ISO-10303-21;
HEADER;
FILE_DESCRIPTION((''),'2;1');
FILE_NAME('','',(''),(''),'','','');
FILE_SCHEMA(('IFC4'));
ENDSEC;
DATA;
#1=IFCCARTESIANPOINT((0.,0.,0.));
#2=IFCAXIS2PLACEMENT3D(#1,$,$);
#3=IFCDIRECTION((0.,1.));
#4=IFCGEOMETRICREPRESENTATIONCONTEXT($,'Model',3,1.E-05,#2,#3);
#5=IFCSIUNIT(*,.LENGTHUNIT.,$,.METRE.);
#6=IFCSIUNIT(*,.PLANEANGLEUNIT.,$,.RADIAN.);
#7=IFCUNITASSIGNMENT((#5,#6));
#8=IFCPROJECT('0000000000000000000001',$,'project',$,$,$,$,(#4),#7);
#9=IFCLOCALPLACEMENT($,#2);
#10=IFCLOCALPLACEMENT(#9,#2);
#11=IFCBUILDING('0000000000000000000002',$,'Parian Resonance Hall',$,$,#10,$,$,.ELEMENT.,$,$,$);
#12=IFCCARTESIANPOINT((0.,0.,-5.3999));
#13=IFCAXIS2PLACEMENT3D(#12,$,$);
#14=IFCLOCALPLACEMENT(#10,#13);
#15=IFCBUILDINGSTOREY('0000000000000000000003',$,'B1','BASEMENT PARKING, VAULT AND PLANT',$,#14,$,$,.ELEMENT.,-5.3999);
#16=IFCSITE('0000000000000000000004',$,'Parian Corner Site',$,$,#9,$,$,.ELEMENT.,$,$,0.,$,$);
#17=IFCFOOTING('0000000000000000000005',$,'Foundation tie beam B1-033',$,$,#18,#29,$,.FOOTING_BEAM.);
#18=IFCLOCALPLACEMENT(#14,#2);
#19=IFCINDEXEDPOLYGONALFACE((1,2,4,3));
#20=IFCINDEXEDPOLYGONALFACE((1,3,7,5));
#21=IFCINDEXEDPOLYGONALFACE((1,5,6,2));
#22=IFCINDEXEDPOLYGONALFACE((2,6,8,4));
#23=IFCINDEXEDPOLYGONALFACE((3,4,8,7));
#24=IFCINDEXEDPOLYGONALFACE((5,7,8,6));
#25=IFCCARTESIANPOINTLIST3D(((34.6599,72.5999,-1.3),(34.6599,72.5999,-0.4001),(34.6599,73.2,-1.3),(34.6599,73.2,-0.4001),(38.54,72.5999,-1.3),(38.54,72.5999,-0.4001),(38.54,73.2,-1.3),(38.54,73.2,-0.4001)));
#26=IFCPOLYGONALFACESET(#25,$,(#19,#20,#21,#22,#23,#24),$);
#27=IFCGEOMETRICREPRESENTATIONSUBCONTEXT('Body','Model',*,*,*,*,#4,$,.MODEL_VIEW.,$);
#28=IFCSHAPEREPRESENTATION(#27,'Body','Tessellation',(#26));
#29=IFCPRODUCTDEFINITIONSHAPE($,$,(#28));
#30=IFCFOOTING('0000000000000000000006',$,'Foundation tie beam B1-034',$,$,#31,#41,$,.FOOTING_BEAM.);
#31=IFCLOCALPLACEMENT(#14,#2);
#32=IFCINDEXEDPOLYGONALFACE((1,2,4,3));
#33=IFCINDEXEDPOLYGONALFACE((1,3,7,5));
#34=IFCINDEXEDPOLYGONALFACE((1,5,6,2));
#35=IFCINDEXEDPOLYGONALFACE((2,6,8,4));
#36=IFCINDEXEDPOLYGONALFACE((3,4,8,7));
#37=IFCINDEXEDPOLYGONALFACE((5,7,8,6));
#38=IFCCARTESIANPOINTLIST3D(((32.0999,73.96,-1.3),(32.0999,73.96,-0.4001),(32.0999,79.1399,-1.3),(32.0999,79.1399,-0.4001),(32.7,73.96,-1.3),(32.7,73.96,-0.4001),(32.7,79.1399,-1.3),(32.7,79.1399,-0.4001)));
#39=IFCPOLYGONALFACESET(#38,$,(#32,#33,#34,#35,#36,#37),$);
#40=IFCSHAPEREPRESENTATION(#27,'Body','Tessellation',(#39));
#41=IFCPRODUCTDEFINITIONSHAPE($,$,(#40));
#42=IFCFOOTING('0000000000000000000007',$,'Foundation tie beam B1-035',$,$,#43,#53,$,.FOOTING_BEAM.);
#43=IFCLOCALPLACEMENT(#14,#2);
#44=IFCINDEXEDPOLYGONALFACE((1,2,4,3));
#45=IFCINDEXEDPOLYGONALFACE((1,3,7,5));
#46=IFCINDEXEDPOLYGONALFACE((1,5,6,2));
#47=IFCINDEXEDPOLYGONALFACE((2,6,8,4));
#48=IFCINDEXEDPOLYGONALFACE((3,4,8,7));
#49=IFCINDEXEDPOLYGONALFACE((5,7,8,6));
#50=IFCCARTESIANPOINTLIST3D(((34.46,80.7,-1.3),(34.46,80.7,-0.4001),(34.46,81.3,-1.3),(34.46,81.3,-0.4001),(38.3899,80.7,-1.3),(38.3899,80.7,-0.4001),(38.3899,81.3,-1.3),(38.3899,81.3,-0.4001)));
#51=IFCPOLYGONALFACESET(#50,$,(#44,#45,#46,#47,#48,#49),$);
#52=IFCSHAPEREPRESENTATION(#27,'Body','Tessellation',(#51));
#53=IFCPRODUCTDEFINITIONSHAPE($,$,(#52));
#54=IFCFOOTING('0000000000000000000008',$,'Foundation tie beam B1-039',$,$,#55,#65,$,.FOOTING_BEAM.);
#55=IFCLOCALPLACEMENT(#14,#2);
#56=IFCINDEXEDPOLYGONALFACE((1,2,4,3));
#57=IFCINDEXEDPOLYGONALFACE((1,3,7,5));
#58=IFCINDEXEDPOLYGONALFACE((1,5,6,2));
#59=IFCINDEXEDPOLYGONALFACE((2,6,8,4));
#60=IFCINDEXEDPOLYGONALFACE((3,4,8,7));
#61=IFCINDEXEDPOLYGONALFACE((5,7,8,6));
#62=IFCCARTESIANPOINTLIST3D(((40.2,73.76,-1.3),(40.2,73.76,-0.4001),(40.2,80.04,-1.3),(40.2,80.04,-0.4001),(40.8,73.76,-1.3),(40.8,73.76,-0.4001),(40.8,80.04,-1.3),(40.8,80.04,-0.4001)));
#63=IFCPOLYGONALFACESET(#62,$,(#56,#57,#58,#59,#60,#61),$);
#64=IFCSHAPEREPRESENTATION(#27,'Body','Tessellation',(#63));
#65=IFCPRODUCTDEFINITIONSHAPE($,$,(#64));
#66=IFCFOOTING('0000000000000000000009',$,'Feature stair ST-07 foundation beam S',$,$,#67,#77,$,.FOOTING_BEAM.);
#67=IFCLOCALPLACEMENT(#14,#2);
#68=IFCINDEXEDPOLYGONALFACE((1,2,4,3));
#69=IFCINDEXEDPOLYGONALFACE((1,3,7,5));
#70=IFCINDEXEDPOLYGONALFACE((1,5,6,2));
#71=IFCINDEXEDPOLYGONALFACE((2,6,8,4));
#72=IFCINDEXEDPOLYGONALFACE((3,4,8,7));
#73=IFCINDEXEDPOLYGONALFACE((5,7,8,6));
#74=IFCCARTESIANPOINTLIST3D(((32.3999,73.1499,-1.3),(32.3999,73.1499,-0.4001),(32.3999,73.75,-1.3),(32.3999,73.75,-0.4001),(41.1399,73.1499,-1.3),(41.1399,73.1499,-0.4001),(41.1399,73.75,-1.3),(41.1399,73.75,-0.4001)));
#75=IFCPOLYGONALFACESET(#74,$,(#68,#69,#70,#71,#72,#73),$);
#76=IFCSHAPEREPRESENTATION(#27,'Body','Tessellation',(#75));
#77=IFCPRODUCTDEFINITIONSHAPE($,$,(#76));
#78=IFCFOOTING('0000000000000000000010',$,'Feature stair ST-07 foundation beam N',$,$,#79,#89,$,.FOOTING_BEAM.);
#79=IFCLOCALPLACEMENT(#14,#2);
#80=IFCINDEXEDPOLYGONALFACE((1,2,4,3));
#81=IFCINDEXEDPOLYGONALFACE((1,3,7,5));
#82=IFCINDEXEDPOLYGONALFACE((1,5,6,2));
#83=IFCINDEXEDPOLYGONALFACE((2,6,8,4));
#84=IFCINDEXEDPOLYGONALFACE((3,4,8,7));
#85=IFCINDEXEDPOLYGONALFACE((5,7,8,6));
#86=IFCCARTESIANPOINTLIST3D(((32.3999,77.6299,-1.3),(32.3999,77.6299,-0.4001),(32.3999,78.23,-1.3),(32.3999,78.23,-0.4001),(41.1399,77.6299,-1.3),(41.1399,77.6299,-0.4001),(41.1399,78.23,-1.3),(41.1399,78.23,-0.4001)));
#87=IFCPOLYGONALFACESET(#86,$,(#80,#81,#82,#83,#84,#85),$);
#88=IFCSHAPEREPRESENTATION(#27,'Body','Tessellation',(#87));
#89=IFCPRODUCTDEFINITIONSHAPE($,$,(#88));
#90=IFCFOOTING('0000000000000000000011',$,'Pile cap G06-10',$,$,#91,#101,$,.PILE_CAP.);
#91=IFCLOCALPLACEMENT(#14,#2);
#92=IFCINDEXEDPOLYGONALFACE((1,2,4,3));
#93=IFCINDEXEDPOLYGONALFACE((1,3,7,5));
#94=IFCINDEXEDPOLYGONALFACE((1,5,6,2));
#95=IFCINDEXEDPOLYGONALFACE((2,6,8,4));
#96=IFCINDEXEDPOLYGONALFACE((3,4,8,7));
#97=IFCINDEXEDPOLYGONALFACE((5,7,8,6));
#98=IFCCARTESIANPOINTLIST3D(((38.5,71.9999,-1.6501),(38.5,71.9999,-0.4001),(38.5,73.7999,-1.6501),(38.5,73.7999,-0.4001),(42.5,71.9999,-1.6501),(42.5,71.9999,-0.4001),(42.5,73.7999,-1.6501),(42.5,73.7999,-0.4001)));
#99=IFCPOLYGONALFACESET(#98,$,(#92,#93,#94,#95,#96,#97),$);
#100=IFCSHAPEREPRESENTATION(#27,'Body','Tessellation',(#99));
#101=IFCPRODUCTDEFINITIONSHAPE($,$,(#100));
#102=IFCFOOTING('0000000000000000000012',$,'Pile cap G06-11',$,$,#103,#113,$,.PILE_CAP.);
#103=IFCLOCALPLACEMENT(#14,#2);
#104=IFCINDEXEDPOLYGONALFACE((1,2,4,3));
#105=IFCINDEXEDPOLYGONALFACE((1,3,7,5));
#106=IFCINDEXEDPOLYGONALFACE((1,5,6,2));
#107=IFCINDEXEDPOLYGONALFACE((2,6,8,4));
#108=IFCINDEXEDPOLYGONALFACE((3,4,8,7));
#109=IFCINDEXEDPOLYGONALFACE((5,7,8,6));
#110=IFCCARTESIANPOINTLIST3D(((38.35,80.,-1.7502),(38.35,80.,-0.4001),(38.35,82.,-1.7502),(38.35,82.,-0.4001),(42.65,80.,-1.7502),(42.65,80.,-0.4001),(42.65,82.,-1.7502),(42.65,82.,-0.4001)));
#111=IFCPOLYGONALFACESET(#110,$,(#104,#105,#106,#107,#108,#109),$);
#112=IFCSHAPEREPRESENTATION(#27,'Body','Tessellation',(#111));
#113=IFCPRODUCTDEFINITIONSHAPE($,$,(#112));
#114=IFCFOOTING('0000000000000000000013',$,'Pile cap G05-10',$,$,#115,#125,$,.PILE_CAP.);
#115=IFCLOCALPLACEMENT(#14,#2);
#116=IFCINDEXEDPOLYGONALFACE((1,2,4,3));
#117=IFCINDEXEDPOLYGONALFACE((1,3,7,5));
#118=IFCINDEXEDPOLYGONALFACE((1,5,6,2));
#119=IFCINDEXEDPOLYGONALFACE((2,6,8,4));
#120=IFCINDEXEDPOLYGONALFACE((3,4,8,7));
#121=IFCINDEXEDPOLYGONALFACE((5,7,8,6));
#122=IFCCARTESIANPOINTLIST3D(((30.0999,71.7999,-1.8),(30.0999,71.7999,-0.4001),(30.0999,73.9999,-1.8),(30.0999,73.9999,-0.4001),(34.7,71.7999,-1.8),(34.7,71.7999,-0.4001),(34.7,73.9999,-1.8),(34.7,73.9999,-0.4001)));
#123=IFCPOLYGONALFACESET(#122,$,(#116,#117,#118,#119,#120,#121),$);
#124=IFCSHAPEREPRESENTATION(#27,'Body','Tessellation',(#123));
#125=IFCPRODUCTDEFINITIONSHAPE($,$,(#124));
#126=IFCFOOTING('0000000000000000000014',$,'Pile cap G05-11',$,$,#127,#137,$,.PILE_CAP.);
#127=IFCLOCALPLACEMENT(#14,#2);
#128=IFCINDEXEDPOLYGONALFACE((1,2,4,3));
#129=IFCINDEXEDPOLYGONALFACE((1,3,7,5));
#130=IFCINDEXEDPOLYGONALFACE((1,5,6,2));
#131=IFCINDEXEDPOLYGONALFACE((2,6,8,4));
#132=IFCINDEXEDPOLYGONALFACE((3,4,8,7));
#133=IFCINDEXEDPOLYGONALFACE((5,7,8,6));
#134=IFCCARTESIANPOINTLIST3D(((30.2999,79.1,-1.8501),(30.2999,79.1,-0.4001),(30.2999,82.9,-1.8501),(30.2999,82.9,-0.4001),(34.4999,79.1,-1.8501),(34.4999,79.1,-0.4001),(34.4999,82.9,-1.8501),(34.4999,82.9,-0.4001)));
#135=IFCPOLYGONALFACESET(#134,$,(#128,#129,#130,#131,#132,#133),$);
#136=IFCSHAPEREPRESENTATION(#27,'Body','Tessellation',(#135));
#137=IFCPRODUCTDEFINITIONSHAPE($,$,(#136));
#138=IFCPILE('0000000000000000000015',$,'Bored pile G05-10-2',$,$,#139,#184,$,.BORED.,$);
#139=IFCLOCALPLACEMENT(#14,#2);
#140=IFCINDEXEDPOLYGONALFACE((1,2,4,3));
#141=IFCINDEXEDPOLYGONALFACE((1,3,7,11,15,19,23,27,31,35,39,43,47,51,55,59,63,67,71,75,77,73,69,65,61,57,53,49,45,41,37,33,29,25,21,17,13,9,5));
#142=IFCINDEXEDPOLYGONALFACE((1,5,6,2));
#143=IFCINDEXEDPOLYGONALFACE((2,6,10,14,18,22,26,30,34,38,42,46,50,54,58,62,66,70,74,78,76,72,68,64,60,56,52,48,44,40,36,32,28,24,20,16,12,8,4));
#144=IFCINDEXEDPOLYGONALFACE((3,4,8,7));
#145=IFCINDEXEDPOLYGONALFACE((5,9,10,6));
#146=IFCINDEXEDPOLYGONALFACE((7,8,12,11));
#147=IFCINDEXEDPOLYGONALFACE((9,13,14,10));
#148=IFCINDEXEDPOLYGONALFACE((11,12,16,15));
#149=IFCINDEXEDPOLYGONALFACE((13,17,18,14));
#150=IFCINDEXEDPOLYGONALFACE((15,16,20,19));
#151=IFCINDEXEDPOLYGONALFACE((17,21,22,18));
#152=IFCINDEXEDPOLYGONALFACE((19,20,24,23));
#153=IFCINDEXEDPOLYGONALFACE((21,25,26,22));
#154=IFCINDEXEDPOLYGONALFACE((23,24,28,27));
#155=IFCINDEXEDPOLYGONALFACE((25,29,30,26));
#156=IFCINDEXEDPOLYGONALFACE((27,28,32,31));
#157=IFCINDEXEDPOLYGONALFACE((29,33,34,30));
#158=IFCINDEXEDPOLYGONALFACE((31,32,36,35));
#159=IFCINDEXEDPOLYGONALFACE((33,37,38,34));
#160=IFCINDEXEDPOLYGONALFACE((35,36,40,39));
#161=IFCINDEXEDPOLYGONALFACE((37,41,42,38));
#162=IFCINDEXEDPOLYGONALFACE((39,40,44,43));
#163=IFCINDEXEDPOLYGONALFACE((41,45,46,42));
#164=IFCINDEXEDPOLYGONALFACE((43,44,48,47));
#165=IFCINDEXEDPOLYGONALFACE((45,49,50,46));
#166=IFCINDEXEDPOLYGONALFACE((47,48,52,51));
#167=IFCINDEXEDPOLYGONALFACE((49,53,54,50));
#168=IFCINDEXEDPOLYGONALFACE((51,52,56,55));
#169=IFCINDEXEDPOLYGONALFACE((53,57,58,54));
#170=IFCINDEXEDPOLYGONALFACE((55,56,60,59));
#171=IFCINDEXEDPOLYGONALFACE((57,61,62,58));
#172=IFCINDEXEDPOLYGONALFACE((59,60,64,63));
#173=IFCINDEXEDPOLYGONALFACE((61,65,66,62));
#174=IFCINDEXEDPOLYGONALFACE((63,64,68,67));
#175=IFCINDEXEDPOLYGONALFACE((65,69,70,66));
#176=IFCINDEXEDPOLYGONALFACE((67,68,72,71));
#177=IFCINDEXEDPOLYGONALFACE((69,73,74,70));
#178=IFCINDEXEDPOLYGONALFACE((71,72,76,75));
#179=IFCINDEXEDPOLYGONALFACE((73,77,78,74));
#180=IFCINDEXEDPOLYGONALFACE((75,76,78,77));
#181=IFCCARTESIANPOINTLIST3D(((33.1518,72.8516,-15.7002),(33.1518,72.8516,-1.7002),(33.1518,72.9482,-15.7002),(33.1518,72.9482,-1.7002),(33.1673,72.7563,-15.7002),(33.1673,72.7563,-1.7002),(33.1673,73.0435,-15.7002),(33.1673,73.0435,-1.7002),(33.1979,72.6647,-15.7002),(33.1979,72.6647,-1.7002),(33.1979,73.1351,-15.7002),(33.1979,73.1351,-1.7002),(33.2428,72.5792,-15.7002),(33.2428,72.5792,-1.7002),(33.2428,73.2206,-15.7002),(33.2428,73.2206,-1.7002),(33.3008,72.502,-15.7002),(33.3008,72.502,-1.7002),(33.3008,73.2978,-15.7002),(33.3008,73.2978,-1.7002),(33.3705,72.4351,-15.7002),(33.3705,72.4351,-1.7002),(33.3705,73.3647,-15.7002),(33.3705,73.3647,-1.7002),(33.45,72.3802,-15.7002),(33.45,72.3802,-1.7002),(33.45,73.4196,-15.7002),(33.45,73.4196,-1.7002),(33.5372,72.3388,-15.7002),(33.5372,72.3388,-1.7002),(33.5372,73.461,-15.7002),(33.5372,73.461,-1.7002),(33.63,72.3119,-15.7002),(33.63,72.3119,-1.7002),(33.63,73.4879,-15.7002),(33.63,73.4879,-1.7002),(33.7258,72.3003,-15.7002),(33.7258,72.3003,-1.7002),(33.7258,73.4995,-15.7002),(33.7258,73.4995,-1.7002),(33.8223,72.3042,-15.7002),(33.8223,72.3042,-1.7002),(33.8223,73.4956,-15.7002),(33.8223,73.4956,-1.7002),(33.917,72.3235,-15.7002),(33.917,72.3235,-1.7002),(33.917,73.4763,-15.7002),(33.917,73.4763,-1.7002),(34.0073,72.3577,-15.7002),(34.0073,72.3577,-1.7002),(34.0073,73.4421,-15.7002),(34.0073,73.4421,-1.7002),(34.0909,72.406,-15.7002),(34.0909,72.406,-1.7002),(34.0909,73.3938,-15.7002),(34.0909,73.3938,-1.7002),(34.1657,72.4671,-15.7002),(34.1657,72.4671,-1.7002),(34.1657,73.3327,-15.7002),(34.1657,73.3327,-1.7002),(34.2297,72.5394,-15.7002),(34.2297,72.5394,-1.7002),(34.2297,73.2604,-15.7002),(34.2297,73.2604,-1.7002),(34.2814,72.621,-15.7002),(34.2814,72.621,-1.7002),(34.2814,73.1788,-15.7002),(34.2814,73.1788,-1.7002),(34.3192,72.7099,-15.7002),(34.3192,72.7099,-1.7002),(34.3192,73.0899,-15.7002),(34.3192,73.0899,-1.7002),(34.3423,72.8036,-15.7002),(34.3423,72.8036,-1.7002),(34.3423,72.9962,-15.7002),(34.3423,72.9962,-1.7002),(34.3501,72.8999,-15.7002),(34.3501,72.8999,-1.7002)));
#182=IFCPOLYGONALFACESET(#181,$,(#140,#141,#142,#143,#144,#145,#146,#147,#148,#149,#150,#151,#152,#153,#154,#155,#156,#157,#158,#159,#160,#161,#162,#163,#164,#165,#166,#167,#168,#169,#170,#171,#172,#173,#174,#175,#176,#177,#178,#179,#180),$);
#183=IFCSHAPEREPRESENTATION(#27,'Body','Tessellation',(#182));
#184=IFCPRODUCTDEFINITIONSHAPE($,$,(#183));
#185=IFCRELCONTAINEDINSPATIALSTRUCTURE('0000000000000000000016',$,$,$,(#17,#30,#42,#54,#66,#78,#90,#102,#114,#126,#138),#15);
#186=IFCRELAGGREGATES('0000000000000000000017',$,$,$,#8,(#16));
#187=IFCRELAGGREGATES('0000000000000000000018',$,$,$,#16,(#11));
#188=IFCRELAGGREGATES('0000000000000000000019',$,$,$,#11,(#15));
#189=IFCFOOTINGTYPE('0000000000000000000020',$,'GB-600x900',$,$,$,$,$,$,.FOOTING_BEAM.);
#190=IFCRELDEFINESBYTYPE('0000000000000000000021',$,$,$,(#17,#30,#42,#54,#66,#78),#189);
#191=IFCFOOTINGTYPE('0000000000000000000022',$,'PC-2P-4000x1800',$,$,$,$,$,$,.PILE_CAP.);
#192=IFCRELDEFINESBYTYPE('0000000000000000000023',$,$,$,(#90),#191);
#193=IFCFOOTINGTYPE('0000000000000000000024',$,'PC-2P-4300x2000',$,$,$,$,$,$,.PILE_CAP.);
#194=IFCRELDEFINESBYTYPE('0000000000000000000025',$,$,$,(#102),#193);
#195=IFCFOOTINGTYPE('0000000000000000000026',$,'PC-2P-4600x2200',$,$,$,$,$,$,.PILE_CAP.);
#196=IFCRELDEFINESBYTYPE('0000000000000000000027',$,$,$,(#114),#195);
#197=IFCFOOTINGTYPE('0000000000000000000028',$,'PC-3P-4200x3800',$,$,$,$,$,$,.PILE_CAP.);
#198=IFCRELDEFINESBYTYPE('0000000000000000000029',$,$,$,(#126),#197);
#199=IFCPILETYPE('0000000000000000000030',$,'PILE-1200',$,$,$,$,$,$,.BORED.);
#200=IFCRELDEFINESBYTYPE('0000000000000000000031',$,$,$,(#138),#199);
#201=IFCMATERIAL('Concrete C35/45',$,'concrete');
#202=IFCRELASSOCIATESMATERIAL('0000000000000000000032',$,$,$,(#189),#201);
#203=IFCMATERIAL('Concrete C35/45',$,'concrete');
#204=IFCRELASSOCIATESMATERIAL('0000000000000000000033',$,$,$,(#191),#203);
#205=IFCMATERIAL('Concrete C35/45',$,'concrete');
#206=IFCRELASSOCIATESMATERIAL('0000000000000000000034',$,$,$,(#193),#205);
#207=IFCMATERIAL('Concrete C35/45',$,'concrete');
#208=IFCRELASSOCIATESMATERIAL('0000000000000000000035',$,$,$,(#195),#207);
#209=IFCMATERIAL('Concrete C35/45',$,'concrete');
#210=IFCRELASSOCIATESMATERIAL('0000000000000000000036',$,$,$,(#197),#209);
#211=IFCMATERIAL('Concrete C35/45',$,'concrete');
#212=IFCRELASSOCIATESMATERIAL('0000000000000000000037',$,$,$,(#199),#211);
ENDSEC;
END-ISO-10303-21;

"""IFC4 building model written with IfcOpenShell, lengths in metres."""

from ifc_helpers import new_model, si_unit, direction, frame, origin, origin_2d, place, context, subcontext, project, spatial, rectangle, circle, extrude, material, material_profile, profile_set, type_object, element, save


model = new_model("IFC4")

# Units and contexts
model_context = context("Model", 3, precision=1e-05, world=origin(), true_north=direction((0.0, 1.0)))
body_context = subcontext(model_context, "Body", "Model", "MODEL_VIEW")
ifc_project = project(units=[si_unit("LENGTHUNIT", "METRE"), si_unit("PLANEANGLEUNIT", "RADIAN")], contexts=[model_context])

# Site, building, storey
site_placement = place(None, origin())
site = spatial("IfcSite", under=ifc_project, at=site_placement, Name="Parian Corner Site", CompositionType="ELEMENT", RefElevation=0.0)
building_placement = place(site_placement, origin())
building = spatial("IfcBuilding", under=site, at=building_placement, Name="Parian Resonance Hall", CompositionType="ELEMENT")
storey_placement = place(building_placement, frame((0.0, 0.0, -5.3999)))
storey = spatial("IfcBuildingStorey", under=building, at=storey_placement, Name="B1", Description="BASEMENT PARKING, VAULT AND PLANT", CompositionType="ELEMENT", Elevation=-5.3999)

# Footings
ifc_material_1 = material(Name="Concrete C35/45", Category="concrete")
ifc_material_profile_1 = material_profile(ifc_material_1, rectangle(XDim=0.6001, YDim=0.8999, at=origin_2d()), Name="RC-GB-600x900")
ifc_profile_set_1 = profile_set([ifc_material_profile_1], Name="Concrete C35/45")
footing_type_1 = type_object("IfcFootingType", Name="GB-600x900", PredefinedType="FOOTING_BEAM", material=ifc_profile_set_1)
footing_1_placement = place(storey_placement, frame((34.6599, 72.8999, -0.8501), z_axis=(1.0, 0.0, 0.0), x_axis=(0.0, 1.0, 0.0)))
element("IfcFooting", 1, at=footing_1_placement, inside=storey, type_object=footing_type_1, Name="Foundation tie beam B1-033", PredefinedType="FOOTING_BEAM", context=body_context, shape_type="SweptSolid", body=[
    extrude(rectangle(XDim=0.6001, YDim=0.8999, at=origin_2d()), origin(), (0.0, 0.0, 1.0), 3.8801),
])
footing_2_placement = place(storey_placement, frame((32.3999, 73.96, -0.8501), z_axis=(0.0, 1.0, 0.0), x_axis=(-1.0, 0.0, 0.0)))
element("IfcFooting", 2, at=footing_2_placement, inside=storey, type_object=footing_type_1, Name="Foundation tie beam B1-034", PredefinedType="FOOTING_BEAM", context=body_context, shape_type="SweptSolid", body=[
    extrude(rectangle(XDim=0.6001, YDim=0.8999, at=origin_2d()), origin(), (0.0, 0.0, 1.0), 5.1799),
])
footing_3_placement = place(storey_placement, frame((34.46, 81.0, -0.8501), z_axis=(1.0, 0.0, 0.0), x_axis=(0.0, 1.0, 0.0)))
element("IfcFooting", 3, at=footing_3_placement, inside=storey, type_object=footing_type_1, Name="Foundation tie beam B1-035", PredefinedType="FOOTING_BEAM", context=body_context, shape_type="SweptSolid", body=[
    extrude(rectangle(XDim=0.6001, YDim=0.8999, at=origin_2d()), origin(), (0.0, 0.0, 1.0), 3.9299),
])
footing_4_placement = place(storey_placement, frame((40.5, 73.76, -0.8501), z_axis=(0.0, 1.0, 0.0), x_axis=(-1.0, 0.0, 0.0)))
element("IfcFooting", 4, at=footing_4_placement, inside=storey, type_object=footing_type_1, Name="Foundation tie beam B1-039", PredefinedType="FOOTING_BEAM", context=body_context, shape_type="SweptSolid", body=[
    extrude(rectangle(XDim=0.6001, YDim=0.8999, at=origin_2d()), origin(), (0.0, 0.0, 1.0), 6.28),
])
for number, where, z_axis, x_axis, name in (
    (5, (32.3999, 73.45, -0.8501), (1.0, 0.0, 0.0), (0.0, 1.0, 0.0), "Feature stair ST-07 foundation beam S"),
    (6, (32.3999, 77.9299, -0.8501), (1.0, 0.0, 0.0), (0.0, 1.0, 0.0), "Feature stair ST-07 foundation beam N"),
):
    element("IfcFooting", number, at=place(storey_placement, frame(where, z_axis=z_axis, x_axis=x_axis)), inside=storey, type_object=footing_type_1, Name=name, PredefinedType="FOOTING_BEAM", context=body_context, shape_type="SweptSolid", body=[
        extrude(rectangle(XDim=0.6001, YDim=0.8999, at=origin_2d()), origin(), (0.0, 0.0, 1.0), 8.74),
    ])
ifc_material_2 = material(Name="Concrete C35/45", Category="concrete")
footing_type_2 = type_object("IfcFootingType", Name="PC-2P-4000x1800", PredefinedType="PILE_CAP", material=ifc_material_2)
footing_5_placement = place(storey_placement, frame((40.5, 72.8999, -1.6501), z_axis=(0.0, 0.0, 1.0), x_axis=(1.0, 0.0, 0.0)))
element("IfcFooting", 7, at=footing_5_placement, inside=storey, type_object=footing_type_2, Name="Pile cap G06-10", PredefinedType="PILE_CAP", context=body_context, shape_type="SweptSolid", body=[
    extrude(rectangle(XDim=4.0, YDim=1.8, at=origin_2d()), origin(), (0.0, 0.0, 1.0), 1.25),
])
ifc_material_3 = material(Name="Concrete C35/45", Category="concrete")
footing_type_3 = type_object("IfcFootingType", Name="PC-2P-4300x2000", PredefinedType="PILE_CAP", material=ifc_material_3)
footing_6_placement = place(storey_placement, frame((40.5, 81.0, -1.7502), z_axis=(0.0, 0.0, 1.0), x_axis=(1.0, 0.0, 0.0)))
element("IfcFooting", 8, at=footing_6_placement, inside=storey, type_object=footing_type_3, Name="Pile cap G06-11", PredefinedType="PILE_CAP", context=body_context, shape_type="SweptSolid", body=[
    extrude(rectangle(XDim=4.3, YDim=2.0, at=origin_2d()), origin(), (0.0, 0.0, 1.0), 1.3501),
])
ifc_material_4 = material(Name="Concrete C35/45", Category="concrete")
footing_type_4 = type_object("IfcFootingType", Name="PC-2P-4600x2200", PredefinedType="PILE_CAP", material=ifc_material_4)
footing_7_placement = place(storey_placement, frame((32.3999, 72.8999, -1.8), z_axis=(0.0, 0.0, 1.0), x_axis=(1.0, 0.0, 0.0)))
element("IfcFooting", 9, at=footing_7_placement, inside=storey, type_object=footing_type_4, Name="Pile cap G05-10", PredefinedType="PILE_CAP", context=body_context, shape_type="SweptSolid", body=[
    extrude(rectangle(XDim=4.6001, YDim=2.2, at=origin_2d()), origin(), (0.0, 0.0, 1.0), 1.3999),
])
ifc_material_5 = material(Name="Concrete C35/45", Category="concrete")
footing_type_5 = type_object("IfcFootingType", Name="PC-3P-4200x3800", PredefinedType="PILE_CAP", material=ifc_material_5)
footing_8_placement = place(storey_placement, frame((32.3999, 81.0, -1.8501), z_axis=(0.0, 0.0, 1.0), x_axis=(1.0, 0.0, 0.0)))
element("IfcFooting", 10, at=footing_8_placement, inside=storey, type_object=footing_type_5, Name="Pile cap G05-11", PredefinedType="PILE_CAP", context=body_context, shape_type="SweptSolid", body=[
    extrude(rectangle(XDim=4.2, YDim=3.8, at=origin_2d()), origin(), (0.0, 0.0, 1.0), 1.45),
])

# Pile
ifc_material_6 = material(Name="Concrete C35/45", Category="concrete")
ifc_material_profile_2 = material_profile(ifc_material_6, circle(Radius=0.6001, at=origin_2d()), Name="PILE-D1200")
ifc_profile_set_2 = profile_set([ifc_material_profile_2], Name="Concrete C35/45")
pile_type_1 = type_object("IfcPileType", Name="PILE-1200", PredefinedType="BORED", material=ifc_profile_set_2)
pile_placement = place(storey_placement, frame((33.75, 72.8999, -1.7002), z_axis=(0.0, 0.0, -1.0), x_axis=(1.0, 0.0, 0.0)))
element("IfcPile", 11, at=pile_placement, inside=storey, type_object=pile_type_1, Name="Bored pile G05-10-2", PredefinedType="BORED", context=body_context, shape_type="SweptSolid", body=[
    extrude(circle(Radius=0.6001, at=origin_2d()), origin(), (0.0, 0.0, 1.0), 14.0),
])

save(model, "model.ifc")
